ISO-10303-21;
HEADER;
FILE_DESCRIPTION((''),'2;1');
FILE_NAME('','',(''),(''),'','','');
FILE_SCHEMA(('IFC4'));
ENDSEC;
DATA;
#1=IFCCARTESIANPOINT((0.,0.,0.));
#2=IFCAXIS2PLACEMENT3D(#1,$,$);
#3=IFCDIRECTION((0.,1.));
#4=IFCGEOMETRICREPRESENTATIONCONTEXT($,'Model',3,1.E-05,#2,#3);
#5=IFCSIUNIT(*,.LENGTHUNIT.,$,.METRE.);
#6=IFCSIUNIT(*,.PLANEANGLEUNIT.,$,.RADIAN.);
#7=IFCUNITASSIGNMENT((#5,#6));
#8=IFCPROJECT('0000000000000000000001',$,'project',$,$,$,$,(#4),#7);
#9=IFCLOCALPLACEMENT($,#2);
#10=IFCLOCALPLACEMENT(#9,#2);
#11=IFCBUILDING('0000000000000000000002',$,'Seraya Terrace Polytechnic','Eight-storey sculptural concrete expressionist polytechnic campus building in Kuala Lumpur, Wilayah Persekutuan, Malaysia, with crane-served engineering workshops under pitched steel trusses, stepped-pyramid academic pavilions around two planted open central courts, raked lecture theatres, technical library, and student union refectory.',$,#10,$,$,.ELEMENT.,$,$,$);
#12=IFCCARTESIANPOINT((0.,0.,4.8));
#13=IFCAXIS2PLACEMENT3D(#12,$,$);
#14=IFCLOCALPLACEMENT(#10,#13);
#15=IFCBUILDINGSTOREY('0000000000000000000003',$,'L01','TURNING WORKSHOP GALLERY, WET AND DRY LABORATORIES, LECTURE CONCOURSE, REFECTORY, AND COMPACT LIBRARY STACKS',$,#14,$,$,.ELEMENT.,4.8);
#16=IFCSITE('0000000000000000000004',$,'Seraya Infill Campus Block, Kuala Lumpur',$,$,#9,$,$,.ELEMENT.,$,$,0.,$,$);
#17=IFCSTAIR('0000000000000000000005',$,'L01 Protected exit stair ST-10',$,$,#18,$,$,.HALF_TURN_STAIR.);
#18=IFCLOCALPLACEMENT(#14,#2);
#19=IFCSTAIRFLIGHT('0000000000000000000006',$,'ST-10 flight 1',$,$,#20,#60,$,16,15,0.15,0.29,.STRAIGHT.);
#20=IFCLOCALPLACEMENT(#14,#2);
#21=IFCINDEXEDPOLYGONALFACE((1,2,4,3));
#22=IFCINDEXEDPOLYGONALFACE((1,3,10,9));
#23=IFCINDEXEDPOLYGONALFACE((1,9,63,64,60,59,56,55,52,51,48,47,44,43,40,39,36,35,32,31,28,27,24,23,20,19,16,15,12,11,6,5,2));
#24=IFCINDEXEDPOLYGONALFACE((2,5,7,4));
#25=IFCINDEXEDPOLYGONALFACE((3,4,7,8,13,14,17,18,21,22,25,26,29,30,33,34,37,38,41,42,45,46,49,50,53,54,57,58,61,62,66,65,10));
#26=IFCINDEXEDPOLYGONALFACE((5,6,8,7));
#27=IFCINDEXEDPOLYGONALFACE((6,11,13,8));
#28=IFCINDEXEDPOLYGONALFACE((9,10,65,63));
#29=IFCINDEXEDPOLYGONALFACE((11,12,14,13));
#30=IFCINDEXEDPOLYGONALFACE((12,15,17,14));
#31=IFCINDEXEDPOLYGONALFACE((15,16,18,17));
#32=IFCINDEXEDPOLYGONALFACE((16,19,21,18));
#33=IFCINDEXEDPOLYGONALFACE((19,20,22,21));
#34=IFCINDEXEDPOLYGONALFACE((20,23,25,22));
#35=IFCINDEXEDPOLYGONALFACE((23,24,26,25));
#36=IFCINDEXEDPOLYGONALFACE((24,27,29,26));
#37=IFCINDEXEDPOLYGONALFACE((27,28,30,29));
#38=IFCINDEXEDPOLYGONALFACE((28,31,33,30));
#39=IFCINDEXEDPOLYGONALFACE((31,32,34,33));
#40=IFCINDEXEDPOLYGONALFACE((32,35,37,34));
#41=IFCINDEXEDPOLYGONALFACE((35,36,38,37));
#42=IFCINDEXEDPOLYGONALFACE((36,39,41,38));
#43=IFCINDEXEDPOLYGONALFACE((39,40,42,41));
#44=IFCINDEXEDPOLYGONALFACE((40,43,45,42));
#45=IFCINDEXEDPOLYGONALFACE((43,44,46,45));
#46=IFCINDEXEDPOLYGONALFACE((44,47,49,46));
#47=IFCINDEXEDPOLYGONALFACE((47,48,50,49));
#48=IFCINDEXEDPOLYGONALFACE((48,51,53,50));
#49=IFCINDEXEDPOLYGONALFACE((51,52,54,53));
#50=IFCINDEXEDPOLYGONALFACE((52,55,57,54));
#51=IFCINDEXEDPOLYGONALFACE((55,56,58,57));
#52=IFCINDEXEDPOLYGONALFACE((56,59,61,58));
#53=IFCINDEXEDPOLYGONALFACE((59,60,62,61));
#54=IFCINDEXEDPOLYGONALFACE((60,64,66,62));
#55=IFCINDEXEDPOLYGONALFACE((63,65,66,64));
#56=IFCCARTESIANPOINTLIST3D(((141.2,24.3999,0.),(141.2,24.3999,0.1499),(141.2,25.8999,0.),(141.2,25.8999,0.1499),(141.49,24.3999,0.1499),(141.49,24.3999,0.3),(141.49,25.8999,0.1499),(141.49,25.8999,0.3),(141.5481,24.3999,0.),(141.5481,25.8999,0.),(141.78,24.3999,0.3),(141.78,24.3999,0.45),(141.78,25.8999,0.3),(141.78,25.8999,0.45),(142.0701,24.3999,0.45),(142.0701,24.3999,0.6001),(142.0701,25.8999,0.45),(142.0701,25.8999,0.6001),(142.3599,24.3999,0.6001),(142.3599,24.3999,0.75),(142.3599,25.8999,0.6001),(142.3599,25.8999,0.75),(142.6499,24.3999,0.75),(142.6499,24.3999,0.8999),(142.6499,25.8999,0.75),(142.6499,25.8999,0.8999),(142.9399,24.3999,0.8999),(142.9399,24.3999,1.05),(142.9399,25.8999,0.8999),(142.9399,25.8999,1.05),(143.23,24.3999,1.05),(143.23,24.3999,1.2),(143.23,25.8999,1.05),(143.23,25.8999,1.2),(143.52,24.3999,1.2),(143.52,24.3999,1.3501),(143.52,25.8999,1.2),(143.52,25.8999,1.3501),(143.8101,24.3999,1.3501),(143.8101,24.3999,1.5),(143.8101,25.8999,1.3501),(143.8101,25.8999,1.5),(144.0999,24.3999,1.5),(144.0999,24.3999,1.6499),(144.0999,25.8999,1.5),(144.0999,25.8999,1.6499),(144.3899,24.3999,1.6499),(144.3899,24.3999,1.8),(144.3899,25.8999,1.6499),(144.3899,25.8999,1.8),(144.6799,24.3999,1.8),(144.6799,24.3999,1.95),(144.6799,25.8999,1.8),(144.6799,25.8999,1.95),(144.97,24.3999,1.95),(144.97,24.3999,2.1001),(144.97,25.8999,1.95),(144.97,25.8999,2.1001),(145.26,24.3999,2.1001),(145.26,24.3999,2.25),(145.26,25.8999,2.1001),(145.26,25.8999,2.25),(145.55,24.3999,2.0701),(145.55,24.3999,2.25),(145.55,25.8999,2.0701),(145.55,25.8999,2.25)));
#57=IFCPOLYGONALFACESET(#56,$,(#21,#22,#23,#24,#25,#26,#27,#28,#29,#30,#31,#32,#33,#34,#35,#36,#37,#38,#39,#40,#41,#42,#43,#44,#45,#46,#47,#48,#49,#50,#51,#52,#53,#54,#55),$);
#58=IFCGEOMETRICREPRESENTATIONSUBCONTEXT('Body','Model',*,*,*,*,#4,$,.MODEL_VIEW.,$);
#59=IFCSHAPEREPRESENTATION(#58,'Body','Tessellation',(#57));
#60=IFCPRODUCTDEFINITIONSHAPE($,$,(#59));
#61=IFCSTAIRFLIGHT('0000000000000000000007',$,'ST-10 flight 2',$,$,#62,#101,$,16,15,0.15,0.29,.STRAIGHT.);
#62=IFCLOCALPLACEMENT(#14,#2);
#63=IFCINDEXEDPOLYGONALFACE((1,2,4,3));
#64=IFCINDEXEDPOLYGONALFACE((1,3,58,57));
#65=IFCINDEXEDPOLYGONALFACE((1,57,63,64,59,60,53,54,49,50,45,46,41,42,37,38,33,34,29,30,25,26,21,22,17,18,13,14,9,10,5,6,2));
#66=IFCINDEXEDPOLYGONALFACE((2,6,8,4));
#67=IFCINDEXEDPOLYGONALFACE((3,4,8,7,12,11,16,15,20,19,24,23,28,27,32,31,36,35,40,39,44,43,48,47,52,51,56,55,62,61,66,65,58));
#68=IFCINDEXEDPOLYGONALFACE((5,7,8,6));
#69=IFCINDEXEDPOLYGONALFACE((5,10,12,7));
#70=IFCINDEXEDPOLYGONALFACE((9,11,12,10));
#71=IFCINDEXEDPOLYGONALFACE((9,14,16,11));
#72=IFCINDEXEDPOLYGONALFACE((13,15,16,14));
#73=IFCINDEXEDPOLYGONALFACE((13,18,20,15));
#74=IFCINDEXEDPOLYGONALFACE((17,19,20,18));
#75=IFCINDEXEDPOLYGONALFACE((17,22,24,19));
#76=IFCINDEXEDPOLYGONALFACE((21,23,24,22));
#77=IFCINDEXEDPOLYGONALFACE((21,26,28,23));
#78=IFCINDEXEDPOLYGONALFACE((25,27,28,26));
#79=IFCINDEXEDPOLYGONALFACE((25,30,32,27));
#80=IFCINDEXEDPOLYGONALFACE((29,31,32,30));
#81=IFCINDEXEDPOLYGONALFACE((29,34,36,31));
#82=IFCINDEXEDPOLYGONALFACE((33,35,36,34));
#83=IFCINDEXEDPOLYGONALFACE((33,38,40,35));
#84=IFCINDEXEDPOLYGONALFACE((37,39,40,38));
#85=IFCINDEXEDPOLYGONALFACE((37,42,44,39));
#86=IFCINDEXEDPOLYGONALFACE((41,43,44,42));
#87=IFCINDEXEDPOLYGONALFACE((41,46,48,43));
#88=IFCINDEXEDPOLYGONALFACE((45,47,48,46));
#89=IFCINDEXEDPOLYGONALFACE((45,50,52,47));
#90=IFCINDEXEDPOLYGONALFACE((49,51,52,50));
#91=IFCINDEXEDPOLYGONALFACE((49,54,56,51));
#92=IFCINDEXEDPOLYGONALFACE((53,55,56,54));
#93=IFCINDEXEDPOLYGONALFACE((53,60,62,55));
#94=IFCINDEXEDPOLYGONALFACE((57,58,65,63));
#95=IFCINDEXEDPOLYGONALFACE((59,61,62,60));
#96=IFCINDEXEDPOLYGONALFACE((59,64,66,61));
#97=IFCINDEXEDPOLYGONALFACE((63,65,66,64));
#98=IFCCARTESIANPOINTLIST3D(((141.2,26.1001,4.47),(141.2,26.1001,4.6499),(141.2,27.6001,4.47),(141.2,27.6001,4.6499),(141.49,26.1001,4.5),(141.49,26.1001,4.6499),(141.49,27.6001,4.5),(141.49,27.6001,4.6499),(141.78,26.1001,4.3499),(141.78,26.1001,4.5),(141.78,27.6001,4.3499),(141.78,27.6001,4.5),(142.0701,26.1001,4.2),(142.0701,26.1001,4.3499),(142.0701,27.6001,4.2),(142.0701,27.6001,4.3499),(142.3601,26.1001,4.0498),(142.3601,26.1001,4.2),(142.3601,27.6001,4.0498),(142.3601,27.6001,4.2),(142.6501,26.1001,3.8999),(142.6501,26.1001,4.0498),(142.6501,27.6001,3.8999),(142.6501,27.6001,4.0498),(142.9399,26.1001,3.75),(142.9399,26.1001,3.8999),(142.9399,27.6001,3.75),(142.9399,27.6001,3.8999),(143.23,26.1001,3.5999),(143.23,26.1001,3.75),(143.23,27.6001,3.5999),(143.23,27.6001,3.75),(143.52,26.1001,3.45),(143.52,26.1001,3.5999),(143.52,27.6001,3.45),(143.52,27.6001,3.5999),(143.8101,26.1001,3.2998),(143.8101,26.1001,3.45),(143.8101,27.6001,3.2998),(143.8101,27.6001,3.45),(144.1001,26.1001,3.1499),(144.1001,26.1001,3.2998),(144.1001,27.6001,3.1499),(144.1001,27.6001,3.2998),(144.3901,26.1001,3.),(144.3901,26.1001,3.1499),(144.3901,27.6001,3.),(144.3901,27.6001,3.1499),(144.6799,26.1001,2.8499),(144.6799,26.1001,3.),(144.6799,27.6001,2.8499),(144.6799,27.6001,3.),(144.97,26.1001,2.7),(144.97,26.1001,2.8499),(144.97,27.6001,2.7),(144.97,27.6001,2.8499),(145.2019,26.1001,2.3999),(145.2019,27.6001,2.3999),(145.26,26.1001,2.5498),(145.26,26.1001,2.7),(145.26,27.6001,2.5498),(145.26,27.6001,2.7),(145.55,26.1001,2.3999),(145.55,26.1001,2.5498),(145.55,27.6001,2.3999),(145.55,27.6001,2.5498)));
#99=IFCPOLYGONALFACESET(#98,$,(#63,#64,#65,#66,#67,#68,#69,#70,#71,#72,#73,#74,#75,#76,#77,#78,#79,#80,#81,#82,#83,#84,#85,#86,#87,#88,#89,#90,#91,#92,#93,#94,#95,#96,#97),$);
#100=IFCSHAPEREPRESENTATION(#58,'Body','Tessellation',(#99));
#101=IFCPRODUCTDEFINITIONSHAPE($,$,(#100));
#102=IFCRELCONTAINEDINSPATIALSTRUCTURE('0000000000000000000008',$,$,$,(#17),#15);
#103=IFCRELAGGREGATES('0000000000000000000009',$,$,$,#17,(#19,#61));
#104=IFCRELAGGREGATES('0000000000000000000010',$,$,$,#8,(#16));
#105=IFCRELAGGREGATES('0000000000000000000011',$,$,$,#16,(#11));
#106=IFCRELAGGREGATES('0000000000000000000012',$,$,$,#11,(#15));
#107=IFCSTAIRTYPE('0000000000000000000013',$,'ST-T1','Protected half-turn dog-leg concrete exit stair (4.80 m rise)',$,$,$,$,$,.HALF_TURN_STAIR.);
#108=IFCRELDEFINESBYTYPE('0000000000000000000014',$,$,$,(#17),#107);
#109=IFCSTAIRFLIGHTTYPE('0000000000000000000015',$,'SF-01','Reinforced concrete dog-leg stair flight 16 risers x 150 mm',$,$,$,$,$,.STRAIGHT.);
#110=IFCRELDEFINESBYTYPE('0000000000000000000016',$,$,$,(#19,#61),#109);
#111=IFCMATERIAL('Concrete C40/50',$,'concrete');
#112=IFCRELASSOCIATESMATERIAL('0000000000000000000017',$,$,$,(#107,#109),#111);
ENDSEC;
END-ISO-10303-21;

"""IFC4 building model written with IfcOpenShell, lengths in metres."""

from ifc_helpers import new_model, si_unit, direction, frame, origin, place, context, subcontext, project, spatial, polyline, outline, extrude, material, type_object, element, aggregate, save


model = new_model("IFC4")

# Units and contexts
model_context = context("Model", 3, precision=1e-05, world=origin(), true_north=direction((0.0, 1.0)))
body_context = subcontext(model_context, "Body", "Model", "MODEL_VIEW")
ifc_project = project(units=[si_unit("LENGTHUNIT", "METRE"), si_unit("PLANEANGLEUNIT", "RADIAN")], contexts=[model_context])

# Site, building, storey
site_placement = place(None, origin())
site = spatial("IfcSite", under=ifc_project, at=site_placement, Name="Seraya Infill Campus Block, Kuala Lumpur", CompositionType="ELEMENT", RefElevation=0.0)
building_placement = place(site_placement, origin())
building = spatial("IfcBuilding", under=site, at=building_placement, Name="Seraya Terrace Polytechnic", Description="Eight-storey sculptural concrete expressionist polytechnic campus building in Kuala Lumpur, Wilayah Persekutuan, Malaysia, with crane-served engineering workshops under pitched steel trusses, stepped-pyramid academic pavilions around two planted open central courts, raked lecture theatres, technical library, and student union refectory.", CompositionType="ELEMENT")
storey_placement = place(building_placement, frame((0.0, 0.0, 4.8)))
storey = spatial("IfcBuildingStorey", under=building, at=storey_placement, Name="L01", Description="TURNING WORKSHOP GALLERY, WET AND DRY LABORATORIES, LECTURE CONCOURSE, REFECTORY, AND COMPACT LIBRARY STACKS", CompositionType="ELEMENT", Elevation=4.8)

# Shared definitions
ifc_material_1 = material(Name="Concrete C40/50", Category="concrete")

# Stair, stair flights
stair_type = type_object("IfcStairType", Name="ST-T1", Description="Protected half-turn dog-leg concrete exit stair (4.80 m rise)", PredefinedType="HALF_TURN_STAIR", material=ifc_material_1)
stair_placement = place(storey_placement, origin())
stair = element("IfcStair", 1, at=stair_placement, inside=storey, type_object=stair_type, Name="L01 Protected exit stair ST-10", PredefinedType="HALF_TURN_STAIR")
stair_flight_type = type_object("IfcStairFlightType", Name="SF-01", Description="Reinforced concrete dog-leg stair flight 16 risers x 150 mm", PredefinedType="STRAIGHT", material=ifc_material_1)
stair_flight_1_placement = place(storey_placement, frame((141.2, 25.1499, 0.0), z_axis=(0.0, 0.0, 1.0), x_axis=(1.0, 0.0, 0.0)))
stair_flight_1 = element("IfcStairFlight", 2, at=stair_flight_1_placement, type_object=stair_flight_type, Name="ST-10 flight 1", NumberOfRisers=16, NumberOfTreads=15, PredefinedType="STRAIGHT", RiserHeight=0.15, TreadLength=0.29, context=body_context, shape_type="SweptSolid", body=[
    extrude(outline(polyline([(0.0, 0.0), (0.0, 0.1499), (0.29, 0.1499), (0.29, 0.3), (0.5801, 0.3), (0.5801, 0.45), (0.8701, 0.45), (0.8701, 0.6001), (1.1599, 0.6001), (1.1599, 0.75), (1.45, 0.75), (1.45, 0.8999), (1.74, 0.8999), (1.74, 1.05), (2.03, 1.05), (2.03, 1.2), (2.3201, 1.2), (2.3201, 1.3501), (2.6101, 1.3501), (2.6101, 1.5), (2.8999, 1.5), (2.8999, 1.6499), (3.1899, 1.6499), (3.1899, 1.8), (3.48, 1.8), (3.48, 1.95), (3.77, 1.95), (3.77, 2.1001), (4.0601, 2.1001), (4.0601, 2.25), (4.3501, 2.25), (4.3501, 2.3999), (4.3501, 2.0701), (0.3481, 0.0), (0.0, 0.0)])), frame((0.0, 0.75, 0.0), z_axis=(0.0, -1.0, 0.0), x_axis=(1.0, 0.0, 0.0)), (0.0, 0.0, 1.0), 1.5),
])
stair_flight_2_placement = place(storey_placement, frame((145.55, 26.8501, 2.3999), z_axis=(0.0, 0.0, 1.0), x_axis=(-1.0, 0.0, 0.0)))
stair_flight_2 = element("IfcStairFlight", 3, at=stair_flight_2_placement, type_object=stair_flight_type, Name="ST-10 flight 2", NumberOfRisers=16, NumberOfTreads=15, PredefinedType="STRAIGHT", RiserHeight=0.15, TreadLength=0.29, context=body_context, shape_type="SweptSolid", body=[
    extrude(outline(polyline([(0.0, 0.0), (0.0, 0.1499), (0.29, 0.1499), (0.29, 0.3), (0.5801, 0.3), (0.5801, 0.45), (0.8701, 0.45), (0.8701, 0.6001), (1.1599, 0.6001), (1.1599, 0.75), (1.45, 0.75), (1.45, 0.8999), (1.74, 0.8999), (1.74, 1.05), (2.03, 1.05), (2.03, 1.2), (2.3201, 1.2), (2.3201, 1.3501), (2.6101, 1.3501), (2.6101, 1.5), (2.8999, 1.5), (2.8999, 1.6499), (3.1899, 1.6499), (3.1899, 1.8), (3.48, 1.8), (3.48, 1.95), (3.77, 1.95), (3.77, 2.1001), (4.0601, 2.1001), (4.0601, 2.25), (4.3501, 2.25), (4.3501, 2.3999), (4.3501, 2.0701), (0.3481, 0.0), (0.0, 0.0)])), frame((0.0, 0.75, 0.0), z_axis=(0.0, -1.0, 0.0), x_axis=(1.0, 0.0, 0.0)), (0.0, 0.0, 1.0), 1.5),
])
aggregate(stair, [stair_flight_1, stair_flight_2])

save(model, "model.ifc")
